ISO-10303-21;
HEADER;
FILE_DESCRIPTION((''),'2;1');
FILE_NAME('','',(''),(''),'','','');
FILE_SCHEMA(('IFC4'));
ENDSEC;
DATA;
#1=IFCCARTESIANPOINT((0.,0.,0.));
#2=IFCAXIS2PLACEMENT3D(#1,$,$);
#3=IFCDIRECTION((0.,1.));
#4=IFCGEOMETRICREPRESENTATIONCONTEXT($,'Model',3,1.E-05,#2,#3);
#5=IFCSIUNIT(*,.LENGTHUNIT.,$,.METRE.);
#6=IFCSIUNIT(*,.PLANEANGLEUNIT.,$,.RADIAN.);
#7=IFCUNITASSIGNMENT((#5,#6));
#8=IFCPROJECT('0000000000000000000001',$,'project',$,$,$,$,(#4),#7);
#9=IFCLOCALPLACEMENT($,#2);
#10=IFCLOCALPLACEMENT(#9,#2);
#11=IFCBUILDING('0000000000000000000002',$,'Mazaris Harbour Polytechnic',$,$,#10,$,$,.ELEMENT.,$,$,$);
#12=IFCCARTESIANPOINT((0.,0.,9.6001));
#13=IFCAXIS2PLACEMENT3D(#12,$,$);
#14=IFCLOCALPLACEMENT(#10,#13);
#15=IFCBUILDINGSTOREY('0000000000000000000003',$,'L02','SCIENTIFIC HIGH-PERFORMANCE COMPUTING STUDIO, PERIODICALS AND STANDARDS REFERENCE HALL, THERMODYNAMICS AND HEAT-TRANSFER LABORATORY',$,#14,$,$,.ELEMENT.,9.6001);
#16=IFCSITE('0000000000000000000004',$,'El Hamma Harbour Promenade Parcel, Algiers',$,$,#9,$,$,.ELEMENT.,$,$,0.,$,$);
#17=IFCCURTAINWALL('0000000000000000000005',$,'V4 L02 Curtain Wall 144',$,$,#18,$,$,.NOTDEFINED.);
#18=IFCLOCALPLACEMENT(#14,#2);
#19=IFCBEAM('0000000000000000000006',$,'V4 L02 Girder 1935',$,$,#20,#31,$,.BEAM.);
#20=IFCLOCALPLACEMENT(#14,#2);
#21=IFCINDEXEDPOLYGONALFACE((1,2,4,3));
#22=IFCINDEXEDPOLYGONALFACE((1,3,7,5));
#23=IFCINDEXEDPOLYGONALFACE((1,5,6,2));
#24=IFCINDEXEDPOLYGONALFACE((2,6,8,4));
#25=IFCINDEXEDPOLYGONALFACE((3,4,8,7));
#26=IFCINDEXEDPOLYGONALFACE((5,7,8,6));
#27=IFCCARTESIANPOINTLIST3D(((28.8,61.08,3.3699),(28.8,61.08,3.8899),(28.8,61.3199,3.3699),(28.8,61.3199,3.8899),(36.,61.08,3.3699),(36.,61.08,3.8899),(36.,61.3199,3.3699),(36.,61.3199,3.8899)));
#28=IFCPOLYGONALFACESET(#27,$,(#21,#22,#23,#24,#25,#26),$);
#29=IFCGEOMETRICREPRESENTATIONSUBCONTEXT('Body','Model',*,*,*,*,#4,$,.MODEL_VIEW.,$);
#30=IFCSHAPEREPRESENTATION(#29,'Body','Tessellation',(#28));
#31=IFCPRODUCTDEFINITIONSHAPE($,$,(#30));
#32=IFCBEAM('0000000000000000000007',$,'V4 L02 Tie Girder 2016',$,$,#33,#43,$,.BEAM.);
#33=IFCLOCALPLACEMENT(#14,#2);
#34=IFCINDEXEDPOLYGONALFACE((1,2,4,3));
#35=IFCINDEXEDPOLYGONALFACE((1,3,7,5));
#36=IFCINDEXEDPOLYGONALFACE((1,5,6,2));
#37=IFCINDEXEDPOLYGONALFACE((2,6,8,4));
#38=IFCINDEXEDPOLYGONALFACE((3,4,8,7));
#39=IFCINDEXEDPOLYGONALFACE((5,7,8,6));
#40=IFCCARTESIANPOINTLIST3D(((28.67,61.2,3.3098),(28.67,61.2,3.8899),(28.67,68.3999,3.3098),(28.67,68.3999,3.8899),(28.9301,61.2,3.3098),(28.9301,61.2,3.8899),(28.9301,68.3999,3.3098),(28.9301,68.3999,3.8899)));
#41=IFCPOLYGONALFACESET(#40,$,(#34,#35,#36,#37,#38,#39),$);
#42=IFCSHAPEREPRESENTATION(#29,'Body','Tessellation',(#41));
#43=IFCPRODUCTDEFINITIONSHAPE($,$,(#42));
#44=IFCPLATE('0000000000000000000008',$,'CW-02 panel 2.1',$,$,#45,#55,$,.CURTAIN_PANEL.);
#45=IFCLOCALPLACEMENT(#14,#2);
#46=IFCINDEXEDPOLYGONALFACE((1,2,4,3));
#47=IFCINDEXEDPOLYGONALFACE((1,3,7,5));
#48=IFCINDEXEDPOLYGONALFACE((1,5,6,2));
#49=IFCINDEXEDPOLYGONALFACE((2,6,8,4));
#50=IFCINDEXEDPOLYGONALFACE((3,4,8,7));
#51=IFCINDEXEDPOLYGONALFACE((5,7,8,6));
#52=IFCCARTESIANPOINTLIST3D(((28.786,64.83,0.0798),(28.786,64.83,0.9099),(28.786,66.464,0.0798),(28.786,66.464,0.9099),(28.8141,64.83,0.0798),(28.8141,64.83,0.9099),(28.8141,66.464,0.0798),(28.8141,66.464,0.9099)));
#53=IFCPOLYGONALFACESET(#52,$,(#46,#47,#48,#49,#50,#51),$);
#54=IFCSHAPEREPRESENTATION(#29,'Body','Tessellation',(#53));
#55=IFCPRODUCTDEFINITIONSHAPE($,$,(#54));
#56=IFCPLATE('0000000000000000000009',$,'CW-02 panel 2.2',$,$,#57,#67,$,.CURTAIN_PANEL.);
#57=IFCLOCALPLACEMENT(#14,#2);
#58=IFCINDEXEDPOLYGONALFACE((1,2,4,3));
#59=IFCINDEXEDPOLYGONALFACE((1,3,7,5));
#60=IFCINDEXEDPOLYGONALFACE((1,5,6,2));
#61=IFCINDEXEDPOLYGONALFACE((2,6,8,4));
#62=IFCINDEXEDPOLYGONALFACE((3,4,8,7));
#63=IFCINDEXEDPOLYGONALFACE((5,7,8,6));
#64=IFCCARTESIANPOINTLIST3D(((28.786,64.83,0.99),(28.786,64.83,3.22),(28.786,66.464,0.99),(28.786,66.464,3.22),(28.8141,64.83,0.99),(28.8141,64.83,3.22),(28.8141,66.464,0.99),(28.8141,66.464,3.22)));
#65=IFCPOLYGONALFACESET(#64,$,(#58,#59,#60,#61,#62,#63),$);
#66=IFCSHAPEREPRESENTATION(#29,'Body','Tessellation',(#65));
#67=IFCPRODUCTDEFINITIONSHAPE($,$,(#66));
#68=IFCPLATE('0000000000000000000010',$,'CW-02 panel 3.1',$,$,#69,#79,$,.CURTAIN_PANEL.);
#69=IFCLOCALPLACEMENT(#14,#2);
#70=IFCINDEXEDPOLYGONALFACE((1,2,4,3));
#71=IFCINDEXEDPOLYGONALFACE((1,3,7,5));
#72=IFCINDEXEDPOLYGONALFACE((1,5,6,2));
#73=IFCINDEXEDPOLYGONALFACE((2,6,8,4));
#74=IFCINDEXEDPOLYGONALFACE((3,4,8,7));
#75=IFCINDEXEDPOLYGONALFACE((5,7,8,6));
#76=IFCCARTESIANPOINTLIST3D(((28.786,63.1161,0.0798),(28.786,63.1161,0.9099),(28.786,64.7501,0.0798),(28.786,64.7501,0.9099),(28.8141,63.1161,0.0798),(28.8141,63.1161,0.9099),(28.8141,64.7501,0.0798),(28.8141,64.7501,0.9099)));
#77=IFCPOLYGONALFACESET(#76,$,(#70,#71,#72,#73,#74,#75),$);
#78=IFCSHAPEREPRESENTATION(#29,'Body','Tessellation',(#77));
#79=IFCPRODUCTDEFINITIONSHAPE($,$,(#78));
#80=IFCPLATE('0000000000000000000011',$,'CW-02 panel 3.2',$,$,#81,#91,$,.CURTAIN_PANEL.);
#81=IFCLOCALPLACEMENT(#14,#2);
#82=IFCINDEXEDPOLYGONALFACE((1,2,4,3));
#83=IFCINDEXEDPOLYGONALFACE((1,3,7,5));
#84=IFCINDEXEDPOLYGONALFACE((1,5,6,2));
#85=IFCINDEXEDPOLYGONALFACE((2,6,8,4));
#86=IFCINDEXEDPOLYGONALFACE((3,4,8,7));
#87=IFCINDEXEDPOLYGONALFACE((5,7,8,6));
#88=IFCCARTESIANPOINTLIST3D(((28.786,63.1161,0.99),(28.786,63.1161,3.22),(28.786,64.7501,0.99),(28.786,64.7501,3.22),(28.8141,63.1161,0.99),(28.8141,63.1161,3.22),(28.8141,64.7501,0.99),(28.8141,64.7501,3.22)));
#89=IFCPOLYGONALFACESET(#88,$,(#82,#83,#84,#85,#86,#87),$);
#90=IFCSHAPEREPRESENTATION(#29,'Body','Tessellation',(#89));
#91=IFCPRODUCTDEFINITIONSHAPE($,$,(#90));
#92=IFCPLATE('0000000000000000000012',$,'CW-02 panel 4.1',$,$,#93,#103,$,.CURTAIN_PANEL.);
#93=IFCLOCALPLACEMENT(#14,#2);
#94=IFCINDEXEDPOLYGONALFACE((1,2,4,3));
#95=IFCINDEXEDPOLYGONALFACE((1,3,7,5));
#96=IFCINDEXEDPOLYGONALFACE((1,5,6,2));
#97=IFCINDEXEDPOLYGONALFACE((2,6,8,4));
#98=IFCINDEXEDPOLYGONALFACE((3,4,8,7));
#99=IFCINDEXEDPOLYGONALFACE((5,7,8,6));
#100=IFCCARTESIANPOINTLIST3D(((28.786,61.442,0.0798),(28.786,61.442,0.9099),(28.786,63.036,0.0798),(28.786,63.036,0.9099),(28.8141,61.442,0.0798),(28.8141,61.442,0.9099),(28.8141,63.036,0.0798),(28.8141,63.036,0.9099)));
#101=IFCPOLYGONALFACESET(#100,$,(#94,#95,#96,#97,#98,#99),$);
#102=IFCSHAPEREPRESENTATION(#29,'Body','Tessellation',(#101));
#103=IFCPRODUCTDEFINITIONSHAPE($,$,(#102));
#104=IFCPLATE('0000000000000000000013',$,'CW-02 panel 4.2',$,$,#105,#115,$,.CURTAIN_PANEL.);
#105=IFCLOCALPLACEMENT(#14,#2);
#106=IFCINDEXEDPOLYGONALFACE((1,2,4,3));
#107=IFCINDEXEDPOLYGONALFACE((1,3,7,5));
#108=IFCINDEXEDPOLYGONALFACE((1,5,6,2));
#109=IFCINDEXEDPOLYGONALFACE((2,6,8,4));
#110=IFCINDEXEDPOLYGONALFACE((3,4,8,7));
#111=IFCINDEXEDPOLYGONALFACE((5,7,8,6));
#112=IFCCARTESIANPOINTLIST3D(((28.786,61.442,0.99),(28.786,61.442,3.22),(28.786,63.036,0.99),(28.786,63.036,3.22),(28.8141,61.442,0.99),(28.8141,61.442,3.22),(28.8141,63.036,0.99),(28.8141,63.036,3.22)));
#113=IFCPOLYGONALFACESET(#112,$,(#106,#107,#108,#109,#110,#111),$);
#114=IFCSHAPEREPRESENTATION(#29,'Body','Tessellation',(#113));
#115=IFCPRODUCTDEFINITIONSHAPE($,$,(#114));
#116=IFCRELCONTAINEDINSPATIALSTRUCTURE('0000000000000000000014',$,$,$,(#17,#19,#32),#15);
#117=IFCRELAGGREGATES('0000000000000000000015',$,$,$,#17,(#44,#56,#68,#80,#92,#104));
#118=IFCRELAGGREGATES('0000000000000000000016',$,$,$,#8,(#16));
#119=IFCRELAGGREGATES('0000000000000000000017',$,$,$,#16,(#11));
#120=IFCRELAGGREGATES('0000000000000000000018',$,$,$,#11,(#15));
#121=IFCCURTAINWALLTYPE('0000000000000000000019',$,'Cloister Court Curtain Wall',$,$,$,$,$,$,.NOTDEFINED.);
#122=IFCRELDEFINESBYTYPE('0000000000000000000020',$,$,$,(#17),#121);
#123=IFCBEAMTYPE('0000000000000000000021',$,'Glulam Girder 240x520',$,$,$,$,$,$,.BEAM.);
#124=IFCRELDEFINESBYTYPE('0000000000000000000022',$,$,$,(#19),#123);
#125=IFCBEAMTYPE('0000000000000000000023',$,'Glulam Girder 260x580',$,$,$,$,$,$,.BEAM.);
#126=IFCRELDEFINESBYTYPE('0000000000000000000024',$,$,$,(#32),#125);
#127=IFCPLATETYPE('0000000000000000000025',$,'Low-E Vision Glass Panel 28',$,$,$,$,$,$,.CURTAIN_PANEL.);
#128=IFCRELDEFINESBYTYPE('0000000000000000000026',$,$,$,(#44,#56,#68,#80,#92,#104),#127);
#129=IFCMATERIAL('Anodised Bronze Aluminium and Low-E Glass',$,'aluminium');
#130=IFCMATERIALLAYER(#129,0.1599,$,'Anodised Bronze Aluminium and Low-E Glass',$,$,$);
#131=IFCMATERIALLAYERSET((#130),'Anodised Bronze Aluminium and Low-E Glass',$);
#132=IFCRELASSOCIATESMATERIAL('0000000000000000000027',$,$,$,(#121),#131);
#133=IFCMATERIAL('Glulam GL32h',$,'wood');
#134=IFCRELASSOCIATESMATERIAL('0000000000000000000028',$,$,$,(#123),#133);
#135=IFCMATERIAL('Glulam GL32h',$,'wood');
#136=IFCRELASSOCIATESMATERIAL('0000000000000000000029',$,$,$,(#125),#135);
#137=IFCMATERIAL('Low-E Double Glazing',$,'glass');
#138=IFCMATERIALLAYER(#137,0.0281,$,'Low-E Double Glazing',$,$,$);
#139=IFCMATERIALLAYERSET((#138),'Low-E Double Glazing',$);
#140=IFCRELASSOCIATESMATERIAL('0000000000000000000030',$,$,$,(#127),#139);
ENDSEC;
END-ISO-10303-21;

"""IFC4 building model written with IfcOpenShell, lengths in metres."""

from ifc_helpers import new_model, si_unit, direction, frame, origin, origin_2d, place, context, subcontext, project, spatial, rectangle, extrude, material, layer, layer_set, material_profile, profile_set, type_object, element, aggregate, save


model = new_model("IFC4")

# Units and contexts
model_context = context("Model", 3, precision=1e-05, world=origin(), true_north=direction((0.0, 1.0)))
body_context = subcontext(model_context, "Body", "Model", "MODEL_VIEW")
ifc_project = project(units=[si_unit("LENGTHUNIT", "METRE"), si_unit("PLANEANGLEUNIT", "RADIAN")], contexts=[model_context])

# Site, building, storey
site_placement = place(None, origin())
site = spatial("IfcSite", under=ifc_project, at=site_placement, Name="El Hamma Harbour Promenade Parcel, Algiers", CompositionType="ELEMENT", RefElevation=0.0)
building_placement = place(site_placement, origin())
building = spatial("IfcBuilding", under=site, at=building_placement, Name="Mazaris Harbour Polytechnic", CompositionType="ELEMENT")
storey_placement = place(building_placement, frame((0.0, 0.0, 9.6001)))
storey = spatial("IfcBuildingStorey", under=building, at=storey_placement, Name="L02", Description="SCIENTIFIC HIGH-PERFORMANCE COMPUTING STUDIO, PERIODICALS AND STANDARDS REFERENCE HALL, THERMODYNAMICS AND HEAT-TRANSFER LABORATORY", CompositionType="ELEMENT", Elevation=9.6001)

# Shared definitions
ifc_material_1 = material(Name="Anodised Bronze Aluminium and Low-E Glass", Category="aluminium")
ifc_layer_1 = layer(ifc_material_1, 0.1599, Name="Anodised Bronze Aluminium and Low-E Glass")
ifc_layer_set_1 = layer_set([ifc_layer_1], Name="Anodised Bronze Aluminium and Low-E Glass")
curtain_wall_type = type_object("IfcCurtainWallType", Name="Cloister Court Curtain Wall", PredefinedType="NOTDEFINED", material=ifc_layer_set_1)

# Curtain wall
curtain_wall_1_placement = place(storey_placement, origin())
curtain_wall_1 = element("IfcCurtainWall", 1, at=curtain_wall_1_placement, inside=storey, type_object=curtain_wall_type, Name="V4 L02 Curtain Wall 144", PredefinedType="NOTDEFINED")

# Beams
ifc_material_2 = material(Name="Glulam GL32h", Category="wood")
ifc_material_profile_1 = material_profile(ifc_material_2, rectangle(XDim=0.24, YDim=0.52, at=origin_2d()), Name="RECT240x520")
ifc_profile_set_1 = profile_set([ifc_material_profile_1], Name="Glulam GL32h")
beam_type_1 = type_object("IfcBeamType", Name="Glulam Girder 240x520", PredefinedType="BEAM", material=ifc_profile_set_1)
beam_1_placement = place(storey_placement, frame((28.8, 61.2, 3.6299), z_axis=(1.0, 0.0, 0.0), x_axis=(0.0, 1.0, 0.0)))
element("IfcBeam", 2, at=beam_1_placement, inside=storey, type_object=beam_type_1, Name="V4 L02 Girder 1935", PredefinedType="BEAM", context=body_context, shape_type="SweptSolid", body=[
    extrude(rectangle(XDim=0.24, YDim=0.52, at=origin_2d()), origin(), (0.0, 0.0, 1.0), 7.2),
])
ifc_material_3 = material(Name="Glulam GL32h", Category="wood")
ifc_material_profile_2 = material_profile(ifc_material_3, rectangle(XDim=0.26, YDim=0.5801, at=origin_2d()), Name="RECT260x580")
ifc_profile_set_2 = profile_set([ifc_material_profile_2], Name="Glulam GL32h")
beam_type_2 = type_object("IfcBeamType", Name="Glulam Girder 260x580", PredefinedType="BEAM", material=ifc_profile_set_2)
beam_2_placement = place(storey_placement, frame((28.8, 61.2, 3.5999), z_axis=(0.0, 1.0, 0.0), x_axis=(-1.0, 0.0, 0.0)))
element("IfcBeam", 3, at=beam_2_placement, inside=storey, type_object=beam_type_2, Name="V4 L02 Tie Girder 2016", PredefinedType="BEAM", context=body_context, shape_type="SweptSolid", body=[
    extrude(rectangle(XDim=0.26, YDim=0.5801, at=origin_2d()), origin(), (0.0, 0.0, 1.0), 7.2),
])

# Plates
ifc_material_4 = material(Name="Low-E Double Glazing", Category="glass")
ifc_layer_2 = layer(ifc_material_4, 0.0281, Name="Low-E Double Glazing")
ifc_layer_set_2 = layer_set([ifc_layer_2], Name="Low-E Double Glazing")
plate_type = type_object("IfcPlateType", Name="Low-E Vision Glass Panel 28", PredefinedType="CURTAIN_PANEL", material=ifc_layer_set_2)
plate_1_placement = place(storey_placement, frame((28.8, 65.647, 0.0798), z_axis=(0.0, 0.0, 1.0), x_axis=(0.0, -1.0, 0.0)))
plate_1 = element("IfcPlate", 4, at=plate_1_placement, type_object=plate_type, Name="CW-02 panel 2.1", PredefinedType="CURTAIN_PANEL", context=body_context, shape_type="SweptSolid", body=[
    extrude(rectangle(XDim=1.634, YDim=0.0281, at=origin_2d()), origin(), (0.0, 0.0, 1.0), 0.8301),
])
plate_2_placement = place(storey_placement, frame((28.8, 65.647, 0.99), z_axis=(0.0, 0.0, 1.0), x_axis=(0.0, -1.0, 0.0)))
plate_2 = element("IfcPlate", 5, at=plate_2_placement, type_object=plate_type, Name="CW-02 panel 2.2", PredefinedType="CURTAIN_PANEL", context=body_context, shape_type="SweptSolid", body=[
    extrude(rectangle(XDim=1.634, YDim=0.0281, at=origin_2d()), origin(), (0.0, 0.0, 1.0), 2.23),
])
plate_3_placement = place(storey_placement, frame((28.8, 63.9331, 0.0798), z_axis=(0.0, 0.0, 1.0), x_axis=(0.0, -1.0, 0.0)))
plate_3 = element("IfcPlate", 6, at=plate_3_placement, type_object=plate_type, Name="CW-02 panel 3.1", PredefinedType="CURTAIN_PANEL", context=body_context, shape_type="SweptSolid", body=[
    extrude(rectangle(XDim=1.634, YDim=0.0281, at=origin_2d()), origin(), (0.0, 0.0, 1.0), 0.8301),
])
plate_4_placement = place(storey_placement, frame((28.8, 63.9331, 0.99), z_axis=(0.0, 0.0, 1.0), x_axis=(0.0, -1.0, 0.0)))
plate_4 = element("IfcPlate", 7, at=plate_4_placement, type_object=plate_type, Name="CW-02 panel 3.2", PredefinedType="CURTAIN_PANEL", context=body_context, shape_type="SweptSolid", body=[
    extrude(rectangle(XDim=1.634, YDim=0.0281, at=origin_2d()), origin(), (0.0, 0.0, 1.0), 2.23),
])
plate_5_placement = place(storey_placement, frame((28.8, 62.239, 0.0798), z_axis=(0.0, 0.0, 1.0), x_axis=(0.0, -1.0, 0.0)))
plate_5 = element("IfcPlate", 8, at=plate_5_placement, type_object=plate_type, Name="CW-02 panel 4.1", PredefinedType="CURTAIN_PANEL", context=body_context, shape_type="SweptSolid", body=[
    extrude(rectangle(XDim=1.594, YDim=0.0281, at=origin_2d()), origin(), (0.0, 0.0, 1.0), 0.8301),
])
plate_6_placement = place(storey_placement, frame((28.8, 62.239, 0.99), z_axis=(0.0, 0.0, 1.0), x_axis=(0.0, -1.0, 0.0)))
plate_6 = element("IfcPlate", 9, at=plate_6_placement, type_object=plate_type, Name="CW-02 panel 4.2", PredefinedType="CURTAIN_PANEL", context=body_context, shape_type="SweptSolid", body=[
    extrude(rectangle(XDim=1.594, YDim=0.0281, at=origin_2d()), origin(), (0.0, 0.0, 1.0), 2.23),
])
aggregate(curtain_wall_1, [plate_1, plate_2, plate_3, plate_4, plate_5, plate_6])

save(model, "model.ifc")
